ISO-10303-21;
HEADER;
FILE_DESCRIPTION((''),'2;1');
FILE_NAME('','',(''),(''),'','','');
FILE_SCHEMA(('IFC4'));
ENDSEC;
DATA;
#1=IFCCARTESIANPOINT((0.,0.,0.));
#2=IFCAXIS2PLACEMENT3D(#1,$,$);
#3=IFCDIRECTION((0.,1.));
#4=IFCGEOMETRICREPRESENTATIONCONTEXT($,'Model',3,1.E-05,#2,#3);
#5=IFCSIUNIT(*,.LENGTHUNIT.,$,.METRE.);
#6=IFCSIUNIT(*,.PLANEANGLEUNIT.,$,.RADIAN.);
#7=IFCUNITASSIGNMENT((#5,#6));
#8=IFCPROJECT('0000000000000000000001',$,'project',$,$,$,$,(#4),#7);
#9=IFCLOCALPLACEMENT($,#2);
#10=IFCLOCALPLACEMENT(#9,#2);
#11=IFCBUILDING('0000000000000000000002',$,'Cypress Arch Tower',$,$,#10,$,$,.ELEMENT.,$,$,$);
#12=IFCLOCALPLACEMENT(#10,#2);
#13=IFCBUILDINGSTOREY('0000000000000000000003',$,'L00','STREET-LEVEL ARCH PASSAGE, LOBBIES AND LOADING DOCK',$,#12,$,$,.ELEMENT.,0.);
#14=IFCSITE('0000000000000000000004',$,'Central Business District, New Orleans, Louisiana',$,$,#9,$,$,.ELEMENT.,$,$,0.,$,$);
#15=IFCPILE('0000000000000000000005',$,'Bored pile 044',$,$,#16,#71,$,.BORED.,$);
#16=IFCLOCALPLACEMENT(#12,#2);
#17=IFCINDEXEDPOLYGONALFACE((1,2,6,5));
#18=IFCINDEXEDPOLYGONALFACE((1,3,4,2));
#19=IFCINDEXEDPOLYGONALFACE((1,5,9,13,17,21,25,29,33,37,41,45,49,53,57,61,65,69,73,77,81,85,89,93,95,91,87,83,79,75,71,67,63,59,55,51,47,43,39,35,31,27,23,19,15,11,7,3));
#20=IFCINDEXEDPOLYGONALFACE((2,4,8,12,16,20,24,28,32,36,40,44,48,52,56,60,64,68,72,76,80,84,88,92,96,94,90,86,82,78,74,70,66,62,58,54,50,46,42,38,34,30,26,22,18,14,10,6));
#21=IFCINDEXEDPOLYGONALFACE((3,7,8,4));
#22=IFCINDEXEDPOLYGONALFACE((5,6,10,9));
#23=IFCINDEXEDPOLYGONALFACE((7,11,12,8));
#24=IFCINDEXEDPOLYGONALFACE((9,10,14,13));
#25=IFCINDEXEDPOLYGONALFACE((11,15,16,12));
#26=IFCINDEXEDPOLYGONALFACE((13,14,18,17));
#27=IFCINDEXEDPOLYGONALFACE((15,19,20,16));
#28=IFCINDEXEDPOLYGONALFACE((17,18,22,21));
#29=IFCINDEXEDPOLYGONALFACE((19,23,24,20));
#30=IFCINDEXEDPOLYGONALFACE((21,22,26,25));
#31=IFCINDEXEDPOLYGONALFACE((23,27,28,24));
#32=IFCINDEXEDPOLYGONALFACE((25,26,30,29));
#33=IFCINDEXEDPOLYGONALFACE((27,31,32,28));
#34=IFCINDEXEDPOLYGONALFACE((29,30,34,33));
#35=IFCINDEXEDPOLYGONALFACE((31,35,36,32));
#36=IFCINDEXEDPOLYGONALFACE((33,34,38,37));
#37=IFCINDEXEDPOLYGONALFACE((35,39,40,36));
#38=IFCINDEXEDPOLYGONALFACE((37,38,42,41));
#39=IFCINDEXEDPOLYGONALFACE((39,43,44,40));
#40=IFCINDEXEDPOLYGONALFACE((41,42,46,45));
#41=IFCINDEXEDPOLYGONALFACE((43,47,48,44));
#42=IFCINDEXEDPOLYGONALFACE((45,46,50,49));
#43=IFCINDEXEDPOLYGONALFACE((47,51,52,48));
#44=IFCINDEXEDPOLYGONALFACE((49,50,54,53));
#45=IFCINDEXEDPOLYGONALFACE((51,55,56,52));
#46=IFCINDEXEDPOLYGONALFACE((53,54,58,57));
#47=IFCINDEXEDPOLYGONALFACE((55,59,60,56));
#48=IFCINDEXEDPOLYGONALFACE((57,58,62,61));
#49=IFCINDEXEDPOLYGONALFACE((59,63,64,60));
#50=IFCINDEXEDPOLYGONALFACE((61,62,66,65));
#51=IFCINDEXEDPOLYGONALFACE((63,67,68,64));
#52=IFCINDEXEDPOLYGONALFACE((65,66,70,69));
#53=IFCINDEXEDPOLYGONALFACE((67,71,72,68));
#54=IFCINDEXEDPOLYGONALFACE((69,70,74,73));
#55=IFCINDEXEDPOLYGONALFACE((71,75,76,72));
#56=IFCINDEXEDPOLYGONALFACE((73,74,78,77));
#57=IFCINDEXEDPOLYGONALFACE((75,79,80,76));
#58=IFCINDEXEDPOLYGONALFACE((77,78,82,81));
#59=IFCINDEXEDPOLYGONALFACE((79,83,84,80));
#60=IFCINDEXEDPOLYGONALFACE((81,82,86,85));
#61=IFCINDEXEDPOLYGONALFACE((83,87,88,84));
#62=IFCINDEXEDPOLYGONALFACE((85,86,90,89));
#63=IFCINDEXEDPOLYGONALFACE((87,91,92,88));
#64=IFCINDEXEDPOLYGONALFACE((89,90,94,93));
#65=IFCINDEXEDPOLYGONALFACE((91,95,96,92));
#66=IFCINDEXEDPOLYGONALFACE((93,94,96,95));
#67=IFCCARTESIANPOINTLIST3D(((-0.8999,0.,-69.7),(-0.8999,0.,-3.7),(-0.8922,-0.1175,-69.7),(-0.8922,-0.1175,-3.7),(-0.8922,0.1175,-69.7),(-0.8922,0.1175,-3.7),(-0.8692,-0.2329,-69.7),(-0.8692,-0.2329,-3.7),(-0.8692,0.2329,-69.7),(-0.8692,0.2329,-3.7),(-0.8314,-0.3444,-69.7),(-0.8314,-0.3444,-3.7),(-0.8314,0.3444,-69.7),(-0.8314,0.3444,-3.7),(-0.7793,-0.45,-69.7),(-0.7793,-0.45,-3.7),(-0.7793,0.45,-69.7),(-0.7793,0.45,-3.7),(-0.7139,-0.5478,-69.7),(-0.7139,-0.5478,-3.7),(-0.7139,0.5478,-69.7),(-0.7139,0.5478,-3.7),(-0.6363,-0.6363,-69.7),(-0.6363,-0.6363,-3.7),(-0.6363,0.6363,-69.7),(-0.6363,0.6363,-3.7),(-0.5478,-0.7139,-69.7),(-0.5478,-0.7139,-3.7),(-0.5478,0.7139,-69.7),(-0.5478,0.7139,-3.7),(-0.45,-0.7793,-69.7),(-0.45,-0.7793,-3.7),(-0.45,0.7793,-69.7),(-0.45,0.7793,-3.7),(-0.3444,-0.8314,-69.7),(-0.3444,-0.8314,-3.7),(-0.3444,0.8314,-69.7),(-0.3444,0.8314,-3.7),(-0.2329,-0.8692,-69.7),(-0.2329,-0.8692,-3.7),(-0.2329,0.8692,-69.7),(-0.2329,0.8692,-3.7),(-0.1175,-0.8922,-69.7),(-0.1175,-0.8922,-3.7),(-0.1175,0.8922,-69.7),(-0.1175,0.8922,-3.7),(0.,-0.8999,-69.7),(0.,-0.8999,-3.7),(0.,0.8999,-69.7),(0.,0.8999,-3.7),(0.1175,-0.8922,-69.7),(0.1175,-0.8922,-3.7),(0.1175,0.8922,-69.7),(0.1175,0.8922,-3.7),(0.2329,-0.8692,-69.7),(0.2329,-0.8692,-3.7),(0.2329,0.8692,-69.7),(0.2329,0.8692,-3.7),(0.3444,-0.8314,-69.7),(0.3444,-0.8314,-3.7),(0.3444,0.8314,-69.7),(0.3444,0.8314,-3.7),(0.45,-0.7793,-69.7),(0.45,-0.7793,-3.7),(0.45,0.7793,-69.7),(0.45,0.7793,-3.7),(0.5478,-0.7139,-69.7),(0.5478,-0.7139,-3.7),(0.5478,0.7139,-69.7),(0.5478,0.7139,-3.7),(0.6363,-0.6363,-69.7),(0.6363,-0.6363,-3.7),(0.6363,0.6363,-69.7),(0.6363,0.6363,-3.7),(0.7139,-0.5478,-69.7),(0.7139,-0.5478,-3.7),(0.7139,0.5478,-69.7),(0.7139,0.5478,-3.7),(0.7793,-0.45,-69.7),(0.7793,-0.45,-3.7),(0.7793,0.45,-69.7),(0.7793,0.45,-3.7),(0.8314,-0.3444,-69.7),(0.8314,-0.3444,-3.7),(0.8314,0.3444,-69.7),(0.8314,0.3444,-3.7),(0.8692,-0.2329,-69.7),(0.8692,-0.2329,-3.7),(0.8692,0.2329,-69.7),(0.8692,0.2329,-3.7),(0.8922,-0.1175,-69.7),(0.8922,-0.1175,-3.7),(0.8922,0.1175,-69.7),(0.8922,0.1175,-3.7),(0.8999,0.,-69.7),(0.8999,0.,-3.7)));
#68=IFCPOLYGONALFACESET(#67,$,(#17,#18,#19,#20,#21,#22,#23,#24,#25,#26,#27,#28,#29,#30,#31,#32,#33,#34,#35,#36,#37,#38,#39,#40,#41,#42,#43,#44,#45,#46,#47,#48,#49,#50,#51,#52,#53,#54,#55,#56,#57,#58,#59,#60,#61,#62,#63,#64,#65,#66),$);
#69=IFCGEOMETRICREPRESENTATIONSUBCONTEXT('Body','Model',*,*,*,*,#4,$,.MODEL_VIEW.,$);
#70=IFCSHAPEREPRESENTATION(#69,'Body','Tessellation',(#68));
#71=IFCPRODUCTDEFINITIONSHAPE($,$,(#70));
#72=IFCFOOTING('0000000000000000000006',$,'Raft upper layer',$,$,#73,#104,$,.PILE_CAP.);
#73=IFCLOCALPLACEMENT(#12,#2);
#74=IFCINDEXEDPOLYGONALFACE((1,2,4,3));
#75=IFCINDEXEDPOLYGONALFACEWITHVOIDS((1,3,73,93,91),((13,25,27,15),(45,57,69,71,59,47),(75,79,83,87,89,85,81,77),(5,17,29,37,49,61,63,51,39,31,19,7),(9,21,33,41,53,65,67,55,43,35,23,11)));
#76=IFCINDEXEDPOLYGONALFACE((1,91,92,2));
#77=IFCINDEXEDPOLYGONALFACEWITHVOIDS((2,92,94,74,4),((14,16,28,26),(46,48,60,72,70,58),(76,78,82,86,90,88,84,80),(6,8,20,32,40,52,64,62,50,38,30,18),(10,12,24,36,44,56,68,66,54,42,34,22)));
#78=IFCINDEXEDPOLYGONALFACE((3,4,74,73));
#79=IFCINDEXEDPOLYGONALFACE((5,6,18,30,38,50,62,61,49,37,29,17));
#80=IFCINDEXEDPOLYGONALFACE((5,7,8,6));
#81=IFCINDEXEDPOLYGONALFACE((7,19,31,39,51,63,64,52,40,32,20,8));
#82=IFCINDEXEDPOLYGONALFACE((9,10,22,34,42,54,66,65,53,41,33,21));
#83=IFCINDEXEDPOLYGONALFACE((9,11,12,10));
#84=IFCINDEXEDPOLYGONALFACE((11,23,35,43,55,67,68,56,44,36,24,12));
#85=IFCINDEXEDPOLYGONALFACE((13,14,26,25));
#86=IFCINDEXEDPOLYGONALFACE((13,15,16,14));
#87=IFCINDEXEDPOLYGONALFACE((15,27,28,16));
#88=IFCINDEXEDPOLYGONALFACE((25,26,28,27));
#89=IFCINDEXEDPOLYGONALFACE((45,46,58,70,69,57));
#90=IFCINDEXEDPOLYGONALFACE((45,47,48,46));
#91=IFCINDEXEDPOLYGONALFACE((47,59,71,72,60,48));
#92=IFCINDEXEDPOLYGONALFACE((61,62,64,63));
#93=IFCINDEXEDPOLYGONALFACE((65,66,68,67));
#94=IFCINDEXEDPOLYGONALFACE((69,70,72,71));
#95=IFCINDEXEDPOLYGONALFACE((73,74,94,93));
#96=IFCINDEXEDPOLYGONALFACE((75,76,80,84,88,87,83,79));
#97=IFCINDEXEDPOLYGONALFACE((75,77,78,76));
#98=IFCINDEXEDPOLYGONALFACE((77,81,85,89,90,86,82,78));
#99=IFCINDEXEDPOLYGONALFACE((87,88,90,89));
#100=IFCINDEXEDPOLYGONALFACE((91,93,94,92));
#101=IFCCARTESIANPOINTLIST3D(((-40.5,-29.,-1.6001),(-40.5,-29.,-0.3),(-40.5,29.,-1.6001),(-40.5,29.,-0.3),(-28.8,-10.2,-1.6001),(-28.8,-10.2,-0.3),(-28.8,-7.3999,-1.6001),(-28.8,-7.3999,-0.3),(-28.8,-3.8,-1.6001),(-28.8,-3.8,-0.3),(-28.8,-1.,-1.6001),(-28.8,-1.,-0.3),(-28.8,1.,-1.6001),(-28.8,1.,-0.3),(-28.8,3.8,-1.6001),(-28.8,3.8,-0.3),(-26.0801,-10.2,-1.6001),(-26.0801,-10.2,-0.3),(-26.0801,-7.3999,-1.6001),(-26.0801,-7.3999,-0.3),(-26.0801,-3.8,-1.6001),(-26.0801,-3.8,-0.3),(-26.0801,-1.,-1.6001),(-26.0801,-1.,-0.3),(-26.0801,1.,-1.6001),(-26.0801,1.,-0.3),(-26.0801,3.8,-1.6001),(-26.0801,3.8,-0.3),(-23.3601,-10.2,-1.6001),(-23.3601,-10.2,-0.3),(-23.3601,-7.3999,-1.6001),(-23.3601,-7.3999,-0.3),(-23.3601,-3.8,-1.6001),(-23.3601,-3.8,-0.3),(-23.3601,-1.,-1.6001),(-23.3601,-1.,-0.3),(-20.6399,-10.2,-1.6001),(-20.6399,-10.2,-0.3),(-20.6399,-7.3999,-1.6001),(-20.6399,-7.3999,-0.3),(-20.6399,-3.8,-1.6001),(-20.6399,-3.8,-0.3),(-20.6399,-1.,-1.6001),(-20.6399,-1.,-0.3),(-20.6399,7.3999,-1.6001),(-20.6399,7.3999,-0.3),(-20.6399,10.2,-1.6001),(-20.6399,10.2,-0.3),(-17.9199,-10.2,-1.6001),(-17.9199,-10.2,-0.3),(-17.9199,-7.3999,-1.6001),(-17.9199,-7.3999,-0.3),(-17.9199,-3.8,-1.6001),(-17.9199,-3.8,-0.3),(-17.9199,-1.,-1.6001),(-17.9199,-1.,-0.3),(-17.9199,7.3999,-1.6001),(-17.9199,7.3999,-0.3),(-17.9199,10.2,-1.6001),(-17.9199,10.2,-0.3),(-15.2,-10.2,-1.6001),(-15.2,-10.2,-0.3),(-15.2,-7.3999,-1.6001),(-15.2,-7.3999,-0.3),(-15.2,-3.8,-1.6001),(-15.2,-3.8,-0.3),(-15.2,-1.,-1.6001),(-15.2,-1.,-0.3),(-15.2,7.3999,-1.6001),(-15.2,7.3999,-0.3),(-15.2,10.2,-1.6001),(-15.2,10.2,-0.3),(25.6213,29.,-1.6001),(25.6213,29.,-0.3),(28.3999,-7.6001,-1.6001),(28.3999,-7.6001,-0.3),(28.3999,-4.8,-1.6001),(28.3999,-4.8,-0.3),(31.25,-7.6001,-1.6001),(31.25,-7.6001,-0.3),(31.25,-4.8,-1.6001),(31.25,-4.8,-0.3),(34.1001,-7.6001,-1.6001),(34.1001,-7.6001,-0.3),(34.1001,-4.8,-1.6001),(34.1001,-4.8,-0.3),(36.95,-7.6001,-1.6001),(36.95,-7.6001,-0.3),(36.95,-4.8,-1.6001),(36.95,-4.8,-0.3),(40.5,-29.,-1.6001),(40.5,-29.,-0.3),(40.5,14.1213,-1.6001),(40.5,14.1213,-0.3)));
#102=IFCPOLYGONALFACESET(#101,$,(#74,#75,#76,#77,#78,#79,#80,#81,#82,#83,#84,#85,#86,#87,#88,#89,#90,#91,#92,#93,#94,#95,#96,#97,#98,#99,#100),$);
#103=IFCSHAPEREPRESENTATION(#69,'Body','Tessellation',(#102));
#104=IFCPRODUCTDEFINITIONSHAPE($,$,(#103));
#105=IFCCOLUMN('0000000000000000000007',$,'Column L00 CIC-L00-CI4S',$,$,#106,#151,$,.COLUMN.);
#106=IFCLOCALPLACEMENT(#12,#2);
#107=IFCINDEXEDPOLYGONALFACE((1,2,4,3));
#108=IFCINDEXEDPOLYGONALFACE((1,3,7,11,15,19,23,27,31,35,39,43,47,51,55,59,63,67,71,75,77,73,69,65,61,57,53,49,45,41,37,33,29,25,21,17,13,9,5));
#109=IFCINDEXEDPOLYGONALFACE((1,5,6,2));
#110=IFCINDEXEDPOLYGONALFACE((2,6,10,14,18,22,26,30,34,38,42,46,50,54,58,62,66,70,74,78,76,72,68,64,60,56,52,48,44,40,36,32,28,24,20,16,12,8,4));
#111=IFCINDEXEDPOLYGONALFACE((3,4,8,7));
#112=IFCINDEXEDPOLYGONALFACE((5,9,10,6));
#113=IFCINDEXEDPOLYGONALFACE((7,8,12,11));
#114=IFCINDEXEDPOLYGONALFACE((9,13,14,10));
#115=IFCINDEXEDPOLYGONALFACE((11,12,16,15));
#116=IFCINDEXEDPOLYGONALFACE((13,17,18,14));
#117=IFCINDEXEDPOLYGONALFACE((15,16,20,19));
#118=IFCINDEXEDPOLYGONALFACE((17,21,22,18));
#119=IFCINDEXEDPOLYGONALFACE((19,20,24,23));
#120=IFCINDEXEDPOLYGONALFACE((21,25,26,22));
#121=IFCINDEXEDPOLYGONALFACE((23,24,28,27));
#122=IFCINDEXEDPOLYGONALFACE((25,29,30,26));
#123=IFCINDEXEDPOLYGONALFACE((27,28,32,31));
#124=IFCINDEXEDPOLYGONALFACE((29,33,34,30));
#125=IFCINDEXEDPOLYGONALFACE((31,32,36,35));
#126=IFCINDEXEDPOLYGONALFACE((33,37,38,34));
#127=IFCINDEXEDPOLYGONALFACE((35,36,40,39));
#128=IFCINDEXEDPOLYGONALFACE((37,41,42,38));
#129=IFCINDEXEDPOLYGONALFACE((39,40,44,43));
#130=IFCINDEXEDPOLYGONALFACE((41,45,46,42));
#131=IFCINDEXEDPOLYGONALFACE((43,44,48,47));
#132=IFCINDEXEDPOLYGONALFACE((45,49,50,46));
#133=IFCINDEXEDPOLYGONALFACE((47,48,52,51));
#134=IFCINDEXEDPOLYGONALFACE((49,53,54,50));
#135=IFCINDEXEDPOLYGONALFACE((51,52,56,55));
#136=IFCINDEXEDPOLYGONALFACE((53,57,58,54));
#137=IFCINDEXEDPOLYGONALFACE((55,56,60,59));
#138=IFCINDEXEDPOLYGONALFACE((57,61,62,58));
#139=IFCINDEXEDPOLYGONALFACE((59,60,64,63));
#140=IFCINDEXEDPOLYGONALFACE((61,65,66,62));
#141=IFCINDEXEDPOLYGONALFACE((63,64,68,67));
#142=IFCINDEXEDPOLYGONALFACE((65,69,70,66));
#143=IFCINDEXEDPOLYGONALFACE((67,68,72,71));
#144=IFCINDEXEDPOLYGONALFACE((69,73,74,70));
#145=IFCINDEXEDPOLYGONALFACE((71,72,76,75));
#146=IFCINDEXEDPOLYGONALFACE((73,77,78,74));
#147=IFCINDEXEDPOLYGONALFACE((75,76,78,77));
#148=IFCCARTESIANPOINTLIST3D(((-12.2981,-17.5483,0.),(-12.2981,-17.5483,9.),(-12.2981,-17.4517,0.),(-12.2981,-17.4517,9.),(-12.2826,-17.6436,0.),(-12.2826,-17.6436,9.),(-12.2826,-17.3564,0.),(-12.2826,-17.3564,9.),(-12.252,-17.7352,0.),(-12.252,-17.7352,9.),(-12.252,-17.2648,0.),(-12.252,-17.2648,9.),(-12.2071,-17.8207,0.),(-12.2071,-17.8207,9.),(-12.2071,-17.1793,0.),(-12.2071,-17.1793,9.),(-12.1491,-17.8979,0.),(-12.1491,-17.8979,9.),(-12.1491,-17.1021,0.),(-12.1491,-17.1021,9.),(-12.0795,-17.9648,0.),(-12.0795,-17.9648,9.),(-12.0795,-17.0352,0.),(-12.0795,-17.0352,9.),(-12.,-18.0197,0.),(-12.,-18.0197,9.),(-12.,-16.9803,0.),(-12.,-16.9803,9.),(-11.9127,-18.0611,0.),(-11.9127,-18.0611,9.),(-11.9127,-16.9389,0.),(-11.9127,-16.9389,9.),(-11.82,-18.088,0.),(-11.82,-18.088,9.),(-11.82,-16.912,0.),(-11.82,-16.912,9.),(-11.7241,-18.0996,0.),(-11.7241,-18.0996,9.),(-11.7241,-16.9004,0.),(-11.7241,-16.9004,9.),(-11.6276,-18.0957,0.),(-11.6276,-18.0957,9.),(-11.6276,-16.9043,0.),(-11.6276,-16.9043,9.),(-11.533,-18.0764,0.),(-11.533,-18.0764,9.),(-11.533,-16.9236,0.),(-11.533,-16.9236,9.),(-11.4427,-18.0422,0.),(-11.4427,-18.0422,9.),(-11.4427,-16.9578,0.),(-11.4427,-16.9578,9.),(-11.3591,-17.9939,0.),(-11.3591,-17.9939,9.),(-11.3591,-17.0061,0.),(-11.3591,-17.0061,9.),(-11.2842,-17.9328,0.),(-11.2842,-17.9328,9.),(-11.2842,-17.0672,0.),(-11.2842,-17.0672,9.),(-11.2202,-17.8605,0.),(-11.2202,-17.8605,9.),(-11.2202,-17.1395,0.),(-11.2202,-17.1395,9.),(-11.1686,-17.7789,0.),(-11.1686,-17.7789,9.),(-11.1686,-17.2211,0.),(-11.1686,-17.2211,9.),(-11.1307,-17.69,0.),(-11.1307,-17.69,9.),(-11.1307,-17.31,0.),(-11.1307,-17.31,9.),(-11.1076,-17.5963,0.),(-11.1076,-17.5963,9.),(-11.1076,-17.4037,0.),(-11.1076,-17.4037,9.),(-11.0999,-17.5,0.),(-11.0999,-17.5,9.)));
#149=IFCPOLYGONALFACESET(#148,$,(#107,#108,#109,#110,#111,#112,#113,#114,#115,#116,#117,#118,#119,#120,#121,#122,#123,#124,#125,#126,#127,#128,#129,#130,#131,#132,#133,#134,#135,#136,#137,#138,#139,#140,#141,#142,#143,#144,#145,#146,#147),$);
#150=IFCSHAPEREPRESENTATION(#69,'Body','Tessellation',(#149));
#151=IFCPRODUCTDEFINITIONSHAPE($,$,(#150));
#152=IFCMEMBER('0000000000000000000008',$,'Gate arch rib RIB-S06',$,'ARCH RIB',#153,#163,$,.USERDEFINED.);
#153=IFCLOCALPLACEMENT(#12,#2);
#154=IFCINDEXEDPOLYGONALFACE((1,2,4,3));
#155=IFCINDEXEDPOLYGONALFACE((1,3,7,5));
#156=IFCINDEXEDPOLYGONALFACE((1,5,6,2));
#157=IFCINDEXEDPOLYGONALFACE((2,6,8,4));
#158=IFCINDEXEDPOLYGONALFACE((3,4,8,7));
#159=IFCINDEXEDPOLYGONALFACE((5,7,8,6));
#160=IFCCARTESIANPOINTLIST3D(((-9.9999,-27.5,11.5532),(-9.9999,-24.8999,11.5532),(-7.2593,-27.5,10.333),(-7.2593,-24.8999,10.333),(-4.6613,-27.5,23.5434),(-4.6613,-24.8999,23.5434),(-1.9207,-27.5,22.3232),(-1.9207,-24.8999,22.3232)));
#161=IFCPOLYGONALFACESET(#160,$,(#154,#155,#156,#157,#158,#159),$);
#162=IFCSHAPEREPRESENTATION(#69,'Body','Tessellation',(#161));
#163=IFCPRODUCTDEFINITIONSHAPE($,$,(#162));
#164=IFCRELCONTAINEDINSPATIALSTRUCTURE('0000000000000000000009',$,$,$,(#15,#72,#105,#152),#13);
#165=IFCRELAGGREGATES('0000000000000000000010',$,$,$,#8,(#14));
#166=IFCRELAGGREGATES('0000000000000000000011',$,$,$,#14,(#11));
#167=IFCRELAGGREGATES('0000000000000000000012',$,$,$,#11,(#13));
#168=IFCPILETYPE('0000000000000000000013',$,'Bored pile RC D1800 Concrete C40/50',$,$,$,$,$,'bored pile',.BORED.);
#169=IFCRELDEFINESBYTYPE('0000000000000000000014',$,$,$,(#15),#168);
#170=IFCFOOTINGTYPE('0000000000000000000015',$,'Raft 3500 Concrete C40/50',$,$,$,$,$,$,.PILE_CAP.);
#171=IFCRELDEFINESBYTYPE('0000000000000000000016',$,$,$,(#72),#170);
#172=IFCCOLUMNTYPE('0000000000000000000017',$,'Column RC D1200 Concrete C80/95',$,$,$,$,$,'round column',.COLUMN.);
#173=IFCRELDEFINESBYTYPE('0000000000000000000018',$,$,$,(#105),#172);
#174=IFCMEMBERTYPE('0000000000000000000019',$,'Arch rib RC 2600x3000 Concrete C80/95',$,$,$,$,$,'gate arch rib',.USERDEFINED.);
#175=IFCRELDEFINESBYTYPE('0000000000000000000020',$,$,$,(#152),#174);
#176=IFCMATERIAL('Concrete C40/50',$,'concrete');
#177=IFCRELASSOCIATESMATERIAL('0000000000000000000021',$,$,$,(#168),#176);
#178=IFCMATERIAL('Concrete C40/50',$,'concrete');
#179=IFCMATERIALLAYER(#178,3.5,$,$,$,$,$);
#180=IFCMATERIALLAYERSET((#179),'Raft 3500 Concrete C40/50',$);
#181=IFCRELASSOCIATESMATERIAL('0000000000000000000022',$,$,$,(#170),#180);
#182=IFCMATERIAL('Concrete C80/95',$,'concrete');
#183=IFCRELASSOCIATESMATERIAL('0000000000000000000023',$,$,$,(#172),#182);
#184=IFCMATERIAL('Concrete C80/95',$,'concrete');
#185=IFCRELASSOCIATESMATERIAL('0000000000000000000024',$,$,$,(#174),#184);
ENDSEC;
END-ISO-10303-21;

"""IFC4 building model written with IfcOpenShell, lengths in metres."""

from ifc_helpers import new_model, si_unit, direction, frame, origin, origin_2d, place, context, subcontext, project, spatial, polyline, rectangle, circle, outline, extrude, material, layer, layer_set, material_profile, profile_set, type_object, element, save


model = new_model("IFC4")

# Units and contexts
model_context = context("Model", 3, precision=1e-05, world=origin(), true_north=direction((0.0, 1.0)))
body_context = subcontext(model_context, "Body", "Model", "MODEL_VIEW")
ifc_project = project(units=[si_unit("LENGTHUNIT", "METRE"), si_unit("PLANEANGLEUNIT", "RADIAN")], contexts=[model_context])

# Site, building, storey
site_placement = place(None, origin())
site = spatial("IfcSite", under=ifc_project, at=site_placement, Name="Central Business District, New Orleans, Louisiana", CompositionType="ELEMENT", RefElevation=0.0)
building_placement = place(site_placement, origin())
building = spatial("IfcBuilding", under=site, at=building_placement, Name="Cypress Arch Tower", CompositionType="ELEMENT")
storey_placement = place(building_placement, origin())
storey = spatial("IfcBuildingStorey", under=building, at=storey_placement, Name="L00", Description="STREET-LEVEL ARCH PASSAGE, LOBBIES AND LOADING DOCK", CompositionType="ELEMENT", Elevation=0.0)

# Pile
ifc_material_1 = material(Name="Concrete C40/50", Category="concrete")
ifc_material_profile_1 = material_profile(ifc_material_1, circle(Radius=0.8999, at=origin_2d()), Name="RC D1800")
ifc_profile_set_1 = profile_set([ifc_material_profile_1], Name="Concrete C40/50")
pile_type = type_object("IfcPileType", Name="Bored pile RC D1800 Concrete C40/50", ElementType="bored pile", PredefinedType="BORED", material=ifc_profile_set_1)
pile_placement = place(storey_placement, frame((0.0, 0.0, -3.7), z_axis=(0.0, 0.0, -1.0), x_axis=(1.0, 0.0, 0.0)))
element("IfcPile", 1, at=pile_placement, inside=storey, type_object=pile_type, Name="Bored pile 044", PredefinedType="BORED", context=body_context, shape_type="SweptSolid", body=[
    extrude(circle(Radius=0.8999, at=origin_2d()), origin(), (0.0, 0.0, 1.0), 66.0),
])

# Footing
ifc_material_2 = material(Name="Concrete C40/50", Category="concrete")
ifc_layer_1 = layer(ifc_material_2, 3.5)
ifc_layer_set_1 = layer_set([ifc_layer_1], Name="Raft 3500 Concrete C40/50")
footing_type = type_object("IfcFootingType", Name="Raft 3500 Concrete C40/50", PredefinedType="PILE_CAP", material=ifc_layer_set_1)
footing_placement = place(storey_placement, frame((0.0, 0.0, -1.6001)))
element("IfcFooting", 2, at=footing_placement, inside=storey, type_object=footing_type, Name="Raft upper layer", PredefinedType="PILE_CAP", context=body_context, shape_type="SweptSolid", body=[
    extrude(outline(polyline([(-40.5, 29.0), (25.6213, 29.0), (40.5, 14.1213), (40.5, -29.0), (-40.5, -29.0), (-40.5, 29.0)]), holes=[polyline([(-26.0801, -7.3999), (-28.8, -7.3999), (-28.8, -10.2), (-26.0801, -10.2), (-23.3601, -10.2), (-20.6399, -10.2), (-17.9199, -10.2), (-15.2, -10.2), (-15.2, -7.3999), (-17.9199, -7.3999), (-20.6399, -7.3999), (-23.3601, -7.3999), (-26.0801, -7.3999)]), polyline([(-26.0801, -1.0), (-28.8, -1.0), (-28.8, -3.8), (-26.0801, -3.8), (-23.3601, -3.8), (-20.6399, -3.8), (-17.9199, -3.8), (-15.2, -3.8), (-15.2, -1.0), (-17.9199, -1.0), (-20.6399, -1.0), (-23.3601, -1.0), (-26.0801, -1.0)]), polyline([(-26.0801, 3.8), (-28.8, 3.8), (-28.8, 1.0), (-26.0801, 1.0), (-26.0801, 3.8)]), polyline([(31.25, -4.8), (28.3999, -4.8), (28.3999, -7.6001), (31.25, -7.6001), (34.1001, -7.6001), (36.95, -7.6001), (36.95, -4.8), (34.1001, -4.8), (31.25, -4.8)]), polyline([(-17.9199, 10.2), (-20.6399, 10.2), (-20.6399, 7.3999), (-17.9199, 7.3999), (-15.2, 7.3999), (-15.2, 10.2), (-17.9199, 10.2)])]), origin(), (0.0, 0.0, 1.0), 1.3),
])

# Column
ifc_material_3 = material(Name="Concrete C80/95", Category="concrete")
ifc_material_profile_2 = material_profile(ifc_material_3, circle(Radius=0.6001, at=origin_2d()), Name="RC D1200")
ifc_profile_set_2 = profile_set([ifc_material_profile_2], Name="Concrete C80/95")
column_type = type_object("IfcColumnType", Name="Column RC D1200 Concrete C80/95", ElementType="round column", PredefinedType="COLUMN", material=ifc_profile_set_2)
column_placement = place(storey_placement, frame((-11.7, -17.5, 0.0), z_axis=(0.0, 0.0, 1.0), x_axis=(1.0, 0.0, 0.0)))
element("IfcColumn", 3, at=column_placement, inside=storey, type_object=column_type, Name="Column L00 CIC-L00-CI4S", PredefinedType="COLUMN", context=body_context, shape_type="SweptSolid", body=[
    extrude(circle(Radius=0.6001, at=origin_2d()), origin(), (0.0, 0.0, 1.0), 9.0),
])

# Member
ifc_material_4 = material(Name="Concrete C80/95", Category="concrete")
ifc_material_profile_3 = material_profile(ifc_material_4, rectangle(XDim=2.6001, YDim=3.0, at=origin_2d()), Name="RC 2600x3000")
ifc_profile_set_3 = profile_set([ifc_material_profile_3], Name="Concrete C80/95")
member_type = type_object("IfcMemberType", Name="Arch rib RC 2600x3000 Concrete C80/95", ElementType="gate arch rib", PredefinedType="USERDEFINED", material=ifc_profile_set_3)
member_1_placement = place(storey_placement, frame((-8.6296, -26.2, 10.9431), z_axis=(0.406751, 0.0, 0.913539), x_axis=(0.0, 1.0, 0.0)))
element("IfcMember", 4, at=member_1_placement, inside=storey, type_object=member_type, Name="Gate arch rib RIB-S06", ObjectType="ARCH RIB", PredefinedType="USERDEFINED", context=body_context, shape_type="SweptSolid", body=[
    extrude(rectangle(XDim=2.6001, YDim=3.0, at=origin_2d()), origin(), (0.0, 0.0, 1.0), 13.125),
])

save(model, "model.ifc")
